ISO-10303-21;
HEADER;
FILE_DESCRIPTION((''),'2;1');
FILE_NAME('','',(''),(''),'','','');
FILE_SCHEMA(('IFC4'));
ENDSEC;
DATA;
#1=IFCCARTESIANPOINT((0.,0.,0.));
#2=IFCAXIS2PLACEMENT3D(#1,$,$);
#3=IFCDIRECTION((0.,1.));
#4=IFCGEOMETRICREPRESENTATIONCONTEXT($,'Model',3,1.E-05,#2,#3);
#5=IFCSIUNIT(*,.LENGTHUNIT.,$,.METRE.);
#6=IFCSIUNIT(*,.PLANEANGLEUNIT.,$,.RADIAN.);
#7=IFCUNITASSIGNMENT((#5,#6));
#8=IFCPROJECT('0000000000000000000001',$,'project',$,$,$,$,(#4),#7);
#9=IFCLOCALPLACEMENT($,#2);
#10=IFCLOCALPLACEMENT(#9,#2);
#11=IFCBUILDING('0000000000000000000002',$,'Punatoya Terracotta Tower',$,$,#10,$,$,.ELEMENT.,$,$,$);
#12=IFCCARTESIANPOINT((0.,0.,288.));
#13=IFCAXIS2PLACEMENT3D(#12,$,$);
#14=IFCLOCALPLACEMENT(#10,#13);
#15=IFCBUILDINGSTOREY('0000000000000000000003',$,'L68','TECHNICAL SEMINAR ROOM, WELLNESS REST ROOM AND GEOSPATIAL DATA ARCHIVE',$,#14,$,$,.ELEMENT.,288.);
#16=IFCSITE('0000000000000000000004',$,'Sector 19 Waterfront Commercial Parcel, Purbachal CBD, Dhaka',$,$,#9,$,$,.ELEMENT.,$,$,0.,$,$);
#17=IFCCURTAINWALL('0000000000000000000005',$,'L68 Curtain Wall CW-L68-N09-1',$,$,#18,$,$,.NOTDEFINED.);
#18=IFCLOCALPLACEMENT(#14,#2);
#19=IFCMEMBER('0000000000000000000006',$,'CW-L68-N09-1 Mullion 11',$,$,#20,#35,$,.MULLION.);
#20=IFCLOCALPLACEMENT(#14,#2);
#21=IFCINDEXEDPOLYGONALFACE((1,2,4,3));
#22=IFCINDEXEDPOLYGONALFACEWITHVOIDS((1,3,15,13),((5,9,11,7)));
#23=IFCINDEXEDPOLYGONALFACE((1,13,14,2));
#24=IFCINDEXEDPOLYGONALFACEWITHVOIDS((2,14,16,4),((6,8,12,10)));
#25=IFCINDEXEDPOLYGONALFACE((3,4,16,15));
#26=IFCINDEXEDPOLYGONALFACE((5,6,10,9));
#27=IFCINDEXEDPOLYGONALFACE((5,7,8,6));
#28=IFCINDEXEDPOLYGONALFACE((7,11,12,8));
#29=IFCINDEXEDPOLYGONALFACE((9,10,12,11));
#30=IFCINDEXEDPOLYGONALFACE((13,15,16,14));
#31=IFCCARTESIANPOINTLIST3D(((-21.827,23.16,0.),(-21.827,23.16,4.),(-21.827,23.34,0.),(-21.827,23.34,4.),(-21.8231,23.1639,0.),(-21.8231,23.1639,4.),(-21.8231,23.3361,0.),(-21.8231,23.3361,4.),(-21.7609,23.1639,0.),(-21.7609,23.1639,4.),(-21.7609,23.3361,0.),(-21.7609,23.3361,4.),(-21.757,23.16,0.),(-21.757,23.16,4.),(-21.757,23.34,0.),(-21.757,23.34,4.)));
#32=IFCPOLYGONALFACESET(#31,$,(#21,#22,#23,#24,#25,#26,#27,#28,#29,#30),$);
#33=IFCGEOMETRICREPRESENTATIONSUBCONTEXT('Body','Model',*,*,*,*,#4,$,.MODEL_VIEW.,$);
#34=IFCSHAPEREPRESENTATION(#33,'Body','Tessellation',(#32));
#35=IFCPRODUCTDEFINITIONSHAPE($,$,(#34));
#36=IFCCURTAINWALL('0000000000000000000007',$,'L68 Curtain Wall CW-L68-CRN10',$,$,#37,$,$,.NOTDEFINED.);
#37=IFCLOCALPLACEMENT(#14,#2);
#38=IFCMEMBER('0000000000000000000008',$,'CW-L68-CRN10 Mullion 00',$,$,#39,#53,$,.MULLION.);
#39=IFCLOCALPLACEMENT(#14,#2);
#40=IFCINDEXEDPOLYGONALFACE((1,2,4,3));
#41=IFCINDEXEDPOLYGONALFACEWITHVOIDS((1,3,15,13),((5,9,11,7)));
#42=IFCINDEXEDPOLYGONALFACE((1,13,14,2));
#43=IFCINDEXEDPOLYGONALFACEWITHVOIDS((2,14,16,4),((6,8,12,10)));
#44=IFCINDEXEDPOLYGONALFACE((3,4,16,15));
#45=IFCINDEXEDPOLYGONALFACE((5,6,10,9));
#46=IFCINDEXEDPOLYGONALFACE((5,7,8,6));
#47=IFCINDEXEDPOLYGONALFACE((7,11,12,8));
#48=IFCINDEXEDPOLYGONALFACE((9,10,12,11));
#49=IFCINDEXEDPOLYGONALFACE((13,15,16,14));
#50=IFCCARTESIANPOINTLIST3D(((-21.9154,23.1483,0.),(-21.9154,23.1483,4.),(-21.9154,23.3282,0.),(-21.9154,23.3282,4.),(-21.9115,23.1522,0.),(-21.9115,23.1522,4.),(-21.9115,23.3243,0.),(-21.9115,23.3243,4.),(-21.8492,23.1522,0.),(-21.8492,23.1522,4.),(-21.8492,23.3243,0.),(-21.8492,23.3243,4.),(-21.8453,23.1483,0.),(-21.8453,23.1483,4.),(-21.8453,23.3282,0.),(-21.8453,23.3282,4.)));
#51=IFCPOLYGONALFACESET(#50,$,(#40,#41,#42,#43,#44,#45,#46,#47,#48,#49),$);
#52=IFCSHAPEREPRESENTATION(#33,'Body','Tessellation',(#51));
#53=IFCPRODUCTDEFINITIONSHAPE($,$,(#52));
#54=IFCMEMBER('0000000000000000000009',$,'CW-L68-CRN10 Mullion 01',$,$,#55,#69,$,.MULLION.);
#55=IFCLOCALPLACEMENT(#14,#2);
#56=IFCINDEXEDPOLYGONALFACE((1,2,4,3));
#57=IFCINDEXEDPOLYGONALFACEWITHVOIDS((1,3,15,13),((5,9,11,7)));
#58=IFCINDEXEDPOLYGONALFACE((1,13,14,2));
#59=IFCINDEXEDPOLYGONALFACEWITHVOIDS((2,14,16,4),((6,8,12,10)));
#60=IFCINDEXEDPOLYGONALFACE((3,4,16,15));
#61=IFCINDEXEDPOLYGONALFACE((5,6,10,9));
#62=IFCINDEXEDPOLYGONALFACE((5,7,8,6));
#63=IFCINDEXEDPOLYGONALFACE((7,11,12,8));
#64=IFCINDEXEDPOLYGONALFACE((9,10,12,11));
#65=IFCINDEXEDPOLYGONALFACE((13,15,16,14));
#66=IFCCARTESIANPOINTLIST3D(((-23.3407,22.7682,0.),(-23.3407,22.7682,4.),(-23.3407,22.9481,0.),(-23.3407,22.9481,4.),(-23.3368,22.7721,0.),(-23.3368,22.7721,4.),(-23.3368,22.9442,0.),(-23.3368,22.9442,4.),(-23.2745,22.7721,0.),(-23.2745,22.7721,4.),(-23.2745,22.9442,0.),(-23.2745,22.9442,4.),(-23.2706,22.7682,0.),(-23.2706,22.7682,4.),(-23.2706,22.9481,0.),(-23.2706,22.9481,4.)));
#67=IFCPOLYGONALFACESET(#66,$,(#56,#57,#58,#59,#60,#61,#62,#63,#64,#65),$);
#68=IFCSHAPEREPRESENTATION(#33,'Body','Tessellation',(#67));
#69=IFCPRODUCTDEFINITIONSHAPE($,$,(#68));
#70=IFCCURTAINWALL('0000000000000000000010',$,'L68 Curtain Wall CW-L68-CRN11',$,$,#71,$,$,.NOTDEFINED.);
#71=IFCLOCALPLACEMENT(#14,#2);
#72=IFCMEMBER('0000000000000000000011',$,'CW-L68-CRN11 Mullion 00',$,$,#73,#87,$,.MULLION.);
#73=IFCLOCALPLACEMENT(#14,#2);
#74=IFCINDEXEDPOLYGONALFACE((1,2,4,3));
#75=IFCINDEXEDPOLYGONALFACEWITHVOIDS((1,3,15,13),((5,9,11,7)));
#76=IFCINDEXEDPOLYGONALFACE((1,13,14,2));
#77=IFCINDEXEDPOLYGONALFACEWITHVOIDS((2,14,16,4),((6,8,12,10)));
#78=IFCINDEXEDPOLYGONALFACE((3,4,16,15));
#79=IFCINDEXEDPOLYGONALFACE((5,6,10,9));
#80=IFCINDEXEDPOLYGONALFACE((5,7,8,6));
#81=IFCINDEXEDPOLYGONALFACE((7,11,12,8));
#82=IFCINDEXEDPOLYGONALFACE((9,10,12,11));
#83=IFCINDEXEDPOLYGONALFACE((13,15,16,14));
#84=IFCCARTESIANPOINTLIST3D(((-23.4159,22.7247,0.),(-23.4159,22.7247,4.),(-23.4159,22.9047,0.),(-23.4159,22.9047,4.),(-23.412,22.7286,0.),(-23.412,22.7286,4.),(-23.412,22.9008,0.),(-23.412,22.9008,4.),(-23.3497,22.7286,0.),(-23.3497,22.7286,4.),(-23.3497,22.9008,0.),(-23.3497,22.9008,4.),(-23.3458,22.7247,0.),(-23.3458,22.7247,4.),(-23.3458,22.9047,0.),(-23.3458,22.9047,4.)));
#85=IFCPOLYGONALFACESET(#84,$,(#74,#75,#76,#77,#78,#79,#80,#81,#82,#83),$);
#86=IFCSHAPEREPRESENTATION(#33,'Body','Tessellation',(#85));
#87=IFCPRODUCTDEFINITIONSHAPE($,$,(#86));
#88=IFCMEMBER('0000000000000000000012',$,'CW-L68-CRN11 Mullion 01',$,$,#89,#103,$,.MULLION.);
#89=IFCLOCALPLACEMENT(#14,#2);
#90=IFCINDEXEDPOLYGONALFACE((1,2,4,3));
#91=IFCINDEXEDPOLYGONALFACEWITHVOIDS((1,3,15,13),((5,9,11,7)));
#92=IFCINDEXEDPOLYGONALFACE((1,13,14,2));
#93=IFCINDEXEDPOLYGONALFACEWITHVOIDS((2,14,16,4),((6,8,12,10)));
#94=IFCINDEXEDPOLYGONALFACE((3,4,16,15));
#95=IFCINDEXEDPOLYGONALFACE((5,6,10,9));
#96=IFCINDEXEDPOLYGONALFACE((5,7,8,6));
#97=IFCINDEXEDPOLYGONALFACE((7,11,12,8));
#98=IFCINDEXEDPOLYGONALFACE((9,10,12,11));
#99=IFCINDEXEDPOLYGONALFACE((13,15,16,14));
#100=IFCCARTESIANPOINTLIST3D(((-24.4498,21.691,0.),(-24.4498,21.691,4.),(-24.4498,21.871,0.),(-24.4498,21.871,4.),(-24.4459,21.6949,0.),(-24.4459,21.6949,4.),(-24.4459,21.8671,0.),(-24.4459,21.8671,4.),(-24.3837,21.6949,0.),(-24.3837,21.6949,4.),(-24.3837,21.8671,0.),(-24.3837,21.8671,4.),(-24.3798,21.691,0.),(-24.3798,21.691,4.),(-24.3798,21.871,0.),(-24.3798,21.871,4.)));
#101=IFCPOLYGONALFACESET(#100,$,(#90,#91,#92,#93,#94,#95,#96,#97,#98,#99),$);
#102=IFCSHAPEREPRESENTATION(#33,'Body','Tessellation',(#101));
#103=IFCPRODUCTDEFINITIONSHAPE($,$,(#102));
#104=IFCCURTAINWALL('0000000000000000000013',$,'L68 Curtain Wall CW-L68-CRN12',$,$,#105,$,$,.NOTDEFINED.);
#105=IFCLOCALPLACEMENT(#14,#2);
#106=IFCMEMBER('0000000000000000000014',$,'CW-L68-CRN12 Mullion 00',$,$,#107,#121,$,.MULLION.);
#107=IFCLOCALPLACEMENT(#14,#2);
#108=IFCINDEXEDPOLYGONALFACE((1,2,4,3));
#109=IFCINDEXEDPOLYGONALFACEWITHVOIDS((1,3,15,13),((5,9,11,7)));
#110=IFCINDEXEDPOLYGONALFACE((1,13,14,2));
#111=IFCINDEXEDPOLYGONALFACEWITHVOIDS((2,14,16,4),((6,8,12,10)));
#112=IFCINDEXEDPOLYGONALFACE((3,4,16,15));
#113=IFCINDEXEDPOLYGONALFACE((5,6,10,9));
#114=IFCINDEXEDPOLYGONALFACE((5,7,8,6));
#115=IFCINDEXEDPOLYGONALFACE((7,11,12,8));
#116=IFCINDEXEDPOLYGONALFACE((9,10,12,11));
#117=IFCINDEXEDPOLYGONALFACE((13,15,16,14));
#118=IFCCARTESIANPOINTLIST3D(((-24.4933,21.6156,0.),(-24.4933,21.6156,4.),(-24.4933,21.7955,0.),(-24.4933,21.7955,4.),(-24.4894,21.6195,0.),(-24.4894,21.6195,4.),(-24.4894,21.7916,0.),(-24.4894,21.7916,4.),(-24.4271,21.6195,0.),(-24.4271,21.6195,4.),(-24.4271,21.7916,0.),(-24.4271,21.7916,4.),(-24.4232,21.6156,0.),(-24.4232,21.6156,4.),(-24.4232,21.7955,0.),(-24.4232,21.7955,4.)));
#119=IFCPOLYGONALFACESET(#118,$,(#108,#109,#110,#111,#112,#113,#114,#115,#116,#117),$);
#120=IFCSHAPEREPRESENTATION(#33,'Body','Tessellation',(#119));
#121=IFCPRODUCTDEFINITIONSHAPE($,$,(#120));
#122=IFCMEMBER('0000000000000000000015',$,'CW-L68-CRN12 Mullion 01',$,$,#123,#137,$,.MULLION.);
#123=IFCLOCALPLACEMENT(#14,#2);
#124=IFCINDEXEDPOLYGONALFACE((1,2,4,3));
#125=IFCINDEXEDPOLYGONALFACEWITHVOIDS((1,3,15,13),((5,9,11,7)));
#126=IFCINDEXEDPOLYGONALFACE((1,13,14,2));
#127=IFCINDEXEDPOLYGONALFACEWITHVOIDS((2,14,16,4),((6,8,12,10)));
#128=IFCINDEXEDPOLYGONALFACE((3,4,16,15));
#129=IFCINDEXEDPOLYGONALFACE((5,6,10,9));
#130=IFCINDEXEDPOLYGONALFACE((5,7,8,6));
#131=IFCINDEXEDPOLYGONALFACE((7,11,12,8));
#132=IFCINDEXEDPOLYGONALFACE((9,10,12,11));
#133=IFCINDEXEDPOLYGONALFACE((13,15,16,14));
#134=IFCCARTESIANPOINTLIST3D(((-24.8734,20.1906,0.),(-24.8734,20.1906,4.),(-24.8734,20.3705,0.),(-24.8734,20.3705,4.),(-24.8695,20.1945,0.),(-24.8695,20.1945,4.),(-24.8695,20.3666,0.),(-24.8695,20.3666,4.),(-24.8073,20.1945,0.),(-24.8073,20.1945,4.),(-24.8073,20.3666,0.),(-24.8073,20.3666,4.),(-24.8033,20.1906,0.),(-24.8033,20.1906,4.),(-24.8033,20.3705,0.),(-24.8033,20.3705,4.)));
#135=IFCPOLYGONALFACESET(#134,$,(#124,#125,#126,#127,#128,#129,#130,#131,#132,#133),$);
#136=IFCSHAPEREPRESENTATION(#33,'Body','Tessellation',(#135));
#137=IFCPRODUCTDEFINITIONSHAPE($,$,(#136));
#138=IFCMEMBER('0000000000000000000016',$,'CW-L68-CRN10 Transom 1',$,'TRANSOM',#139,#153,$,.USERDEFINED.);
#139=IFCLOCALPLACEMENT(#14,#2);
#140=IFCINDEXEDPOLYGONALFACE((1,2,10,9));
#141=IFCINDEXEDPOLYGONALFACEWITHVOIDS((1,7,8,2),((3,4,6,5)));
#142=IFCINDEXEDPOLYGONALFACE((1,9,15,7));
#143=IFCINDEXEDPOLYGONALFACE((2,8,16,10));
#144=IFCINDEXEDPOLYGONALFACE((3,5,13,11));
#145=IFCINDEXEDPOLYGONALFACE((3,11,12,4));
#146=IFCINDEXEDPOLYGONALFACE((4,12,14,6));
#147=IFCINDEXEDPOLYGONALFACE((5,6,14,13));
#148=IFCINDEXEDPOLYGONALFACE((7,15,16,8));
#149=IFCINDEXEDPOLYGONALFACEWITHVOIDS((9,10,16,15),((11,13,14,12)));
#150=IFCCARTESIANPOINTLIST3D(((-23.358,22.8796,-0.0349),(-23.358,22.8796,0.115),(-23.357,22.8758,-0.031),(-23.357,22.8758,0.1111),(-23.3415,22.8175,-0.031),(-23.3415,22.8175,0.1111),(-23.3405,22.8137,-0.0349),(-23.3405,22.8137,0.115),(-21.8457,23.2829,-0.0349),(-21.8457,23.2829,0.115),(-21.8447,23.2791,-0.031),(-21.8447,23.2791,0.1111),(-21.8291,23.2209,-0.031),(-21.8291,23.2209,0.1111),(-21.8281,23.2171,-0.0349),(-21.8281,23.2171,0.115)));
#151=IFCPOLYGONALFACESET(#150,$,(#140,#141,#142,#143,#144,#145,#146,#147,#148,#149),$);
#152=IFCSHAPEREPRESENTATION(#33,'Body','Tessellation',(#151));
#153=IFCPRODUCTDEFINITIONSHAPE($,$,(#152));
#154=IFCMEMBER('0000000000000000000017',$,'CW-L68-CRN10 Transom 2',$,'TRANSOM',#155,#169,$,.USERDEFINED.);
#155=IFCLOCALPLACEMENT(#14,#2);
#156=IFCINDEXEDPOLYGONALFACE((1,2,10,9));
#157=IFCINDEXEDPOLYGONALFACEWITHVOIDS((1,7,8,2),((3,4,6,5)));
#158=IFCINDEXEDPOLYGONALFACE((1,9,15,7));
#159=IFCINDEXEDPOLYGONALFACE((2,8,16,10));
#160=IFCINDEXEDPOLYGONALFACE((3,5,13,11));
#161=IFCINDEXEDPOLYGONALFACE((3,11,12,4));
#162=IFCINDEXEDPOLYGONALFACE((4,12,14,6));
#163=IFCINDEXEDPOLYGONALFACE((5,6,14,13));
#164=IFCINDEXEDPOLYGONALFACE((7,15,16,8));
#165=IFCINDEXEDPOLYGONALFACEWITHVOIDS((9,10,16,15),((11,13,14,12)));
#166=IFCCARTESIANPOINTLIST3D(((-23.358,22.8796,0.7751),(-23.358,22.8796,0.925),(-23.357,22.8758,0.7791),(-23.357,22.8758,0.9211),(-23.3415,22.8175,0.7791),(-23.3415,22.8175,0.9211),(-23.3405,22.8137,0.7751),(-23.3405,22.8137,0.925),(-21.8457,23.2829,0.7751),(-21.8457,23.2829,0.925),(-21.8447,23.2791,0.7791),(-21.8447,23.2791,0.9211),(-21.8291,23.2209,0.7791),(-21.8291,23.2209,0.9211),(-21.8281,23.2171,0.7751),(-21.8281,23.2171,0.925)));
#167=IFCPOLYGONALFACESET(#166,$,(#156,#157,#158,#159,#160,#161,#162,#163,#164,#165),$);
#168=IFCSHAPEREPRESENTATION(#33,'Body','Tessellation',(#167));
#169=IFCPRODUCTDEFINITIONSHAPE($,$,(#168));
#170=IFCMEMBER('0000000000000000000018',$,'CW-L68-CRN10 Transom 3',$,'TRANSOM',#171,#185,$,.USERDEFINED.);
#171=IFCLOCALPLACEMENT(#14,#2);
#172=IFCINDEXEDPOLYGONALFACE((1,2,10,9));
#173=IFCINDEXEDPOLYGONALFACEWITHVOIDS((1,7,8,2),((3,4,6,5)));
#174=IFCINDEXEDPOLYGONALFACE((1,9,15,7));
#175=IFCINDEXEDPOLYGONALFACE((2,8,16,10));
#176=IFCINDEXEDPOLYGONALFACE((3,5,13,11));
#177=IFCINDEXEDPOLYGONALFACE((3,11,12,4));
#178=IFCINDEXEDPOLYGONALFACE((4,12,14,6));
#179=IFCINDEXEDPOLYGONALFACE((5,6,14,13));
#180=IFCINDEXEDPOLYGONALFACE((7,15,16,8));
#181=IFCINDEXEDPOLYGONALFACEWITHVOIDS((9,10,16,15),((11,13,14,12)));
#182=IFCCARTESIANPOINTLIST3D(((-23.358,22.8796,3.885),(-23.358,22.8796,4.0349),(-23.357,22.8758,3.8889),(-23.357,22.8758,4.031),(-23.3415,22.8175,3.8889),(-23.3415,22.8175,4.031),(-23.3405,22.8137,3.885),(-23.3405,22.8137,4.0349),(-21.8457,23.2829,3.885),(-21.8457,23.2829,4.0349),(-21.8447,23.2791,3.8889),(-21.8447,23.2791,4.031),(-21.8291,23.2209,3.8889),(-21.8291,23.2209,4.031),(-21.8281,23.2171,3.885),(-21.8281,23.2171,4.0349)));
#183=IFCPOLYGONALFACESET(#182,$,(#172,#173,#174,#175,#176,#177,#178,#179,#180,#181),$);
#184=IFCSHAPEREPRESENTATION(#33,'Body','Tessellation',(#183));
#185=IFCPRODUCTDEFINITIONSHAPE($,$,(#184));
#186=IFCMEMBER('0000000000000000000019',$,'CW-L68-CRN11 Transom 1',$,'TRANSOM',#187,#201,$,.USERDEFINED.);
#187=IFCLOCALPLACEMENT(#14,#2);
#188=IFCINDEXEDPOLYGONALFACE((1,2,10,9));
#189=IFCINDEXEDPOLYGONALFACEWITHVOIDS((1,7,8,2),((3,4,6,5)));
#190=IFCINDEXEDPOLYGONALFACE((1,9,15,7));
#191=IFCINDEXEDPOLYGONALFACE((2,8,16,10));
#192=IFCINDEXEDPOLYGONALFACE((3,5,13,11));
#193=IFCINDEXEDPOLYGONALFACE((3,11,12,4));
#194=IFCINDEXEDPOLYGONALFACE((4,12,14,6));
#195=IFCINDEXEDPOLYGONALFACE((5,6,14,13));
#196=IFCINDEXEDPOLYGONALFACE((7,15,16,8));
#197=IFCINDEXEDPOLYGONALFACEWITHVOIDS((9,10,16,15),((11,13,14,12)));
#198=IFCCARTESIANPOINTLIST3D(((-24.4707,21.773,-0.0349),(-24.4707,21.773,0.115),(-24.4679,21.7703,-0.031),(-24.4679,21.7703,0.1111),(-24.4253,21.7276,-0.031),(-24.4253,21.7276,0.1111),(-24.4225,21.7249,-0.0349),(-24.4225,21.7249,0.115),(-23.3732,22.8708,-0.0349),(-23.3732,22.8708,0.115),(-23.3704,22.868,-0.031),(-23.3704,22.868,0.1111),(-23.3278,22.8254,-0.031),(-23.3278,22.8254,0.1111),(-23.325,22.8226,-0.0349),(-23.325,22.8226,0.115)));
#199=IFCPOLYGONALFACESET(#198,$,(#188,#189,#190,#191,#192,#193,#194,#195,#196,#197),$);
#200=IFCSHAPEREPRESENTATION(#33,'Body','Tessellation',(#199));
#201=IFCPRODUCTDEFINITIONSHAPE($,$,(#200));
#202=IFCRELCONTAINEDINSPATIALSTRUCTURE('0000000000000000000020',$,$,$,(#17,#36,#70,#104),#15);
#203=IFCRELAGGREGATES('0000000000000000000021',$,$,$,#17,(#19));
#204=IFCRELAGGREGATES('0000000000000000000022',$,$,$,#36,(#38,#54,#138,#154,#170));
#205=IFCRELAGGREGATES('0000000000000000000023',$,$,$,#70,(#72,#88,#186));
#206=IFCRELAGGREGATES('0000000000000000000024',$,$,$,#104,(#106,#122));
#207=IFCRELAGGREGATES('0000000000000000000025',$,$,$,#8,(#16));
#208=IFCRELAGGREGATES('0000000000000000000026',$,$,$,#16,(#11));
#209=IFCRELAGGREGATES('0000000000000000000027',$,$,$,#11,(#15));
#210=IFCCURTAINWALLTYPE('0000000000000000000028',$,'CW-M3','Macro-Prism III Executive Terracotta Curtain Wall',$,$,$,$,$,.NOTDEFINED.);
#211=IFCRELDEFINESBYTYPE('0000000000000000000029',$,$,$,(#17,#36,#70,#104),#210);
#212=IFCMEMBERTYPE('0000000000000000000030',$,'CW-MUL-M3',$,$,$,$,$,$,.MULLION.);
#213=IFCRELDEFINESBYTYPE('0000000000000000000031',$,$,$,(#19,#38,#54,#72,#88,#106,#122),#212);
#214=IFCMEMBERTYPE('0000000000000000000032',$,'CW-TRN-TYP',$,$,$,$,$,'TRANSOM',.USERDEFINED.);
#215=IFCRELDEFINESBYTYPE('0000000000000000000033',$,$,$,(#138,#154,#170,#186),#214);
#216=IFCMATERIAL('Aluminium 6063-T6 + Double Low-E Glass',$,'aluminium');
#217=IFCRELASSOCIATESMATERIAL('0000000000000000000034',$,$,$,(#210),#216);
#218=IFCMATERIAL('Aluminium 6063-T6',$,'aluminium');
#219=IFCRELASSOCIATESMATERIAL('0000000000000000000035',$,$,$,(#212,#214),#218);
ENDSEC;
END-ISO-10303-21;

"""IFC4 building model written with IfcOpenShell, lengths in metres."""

from ifc_helpers import new_model, si_unit, direction, frame, origin, origin_2d, place, context, subcontext, project, spatial, hollow_rectangle, extrude, material, material_profile, profile_set, type_object, element, aggregate, save


model = new_model("IFC4")

# Units and contexts
model_context = context("Model", 3, precision=1e-05, world=origin(), true_north=direction((0.0, 1.0)))
body_context = subcontext(model_context, "Body", "Model", "MODEL_VIEW")
ifc_project = project(units=[si_unit("LENGTHUNIT", "METRE"), si_unit("PLANEANGLEUNIT", "RADIAN")], contexts=[model_context])

# Site, building, storey
site_placement = place(None, origin())
site = spatial("IfcSite", under=ifc_project, at=site_placement, Name="Sector 19 Waterfront Commercial Parcel, Purbachal CBD, Dhaka", CompositionType="ELEMENT", RefElevation=0.0)
building_placement = place(site_placement, origin())
building = spatial("IfcBuilding", under=site, at=building_placement, Name="Punatoya Terracotta Tower", CompositionType="ELEMENT")
storey_placement = place(building_placement, frame((0.0, 0.0, 288.0)))
storey = spatial("IfcBuildingStorey", under=building, at=storey_placement, Name="L68", Description="TECHNICAL SEMINAR ROOM, WELLNESS REST ROOM AND GEOSPATIAL DATA ARCHIVE", CompositionType="ELEMENT", Elevation=288.0)

# Curtain wall, member
ifc_material_1 = material(Name="Aluminium 6063-T6 + Double Low-E Glass", Category="aluminium")
curtain_wall_type = type_object("IfcCurtainWallType", Name="CW-M3", Description="Macro-Prism III Executive Terracotta Curtain Wall", PredefinedType="NOTDEFINED", material=ifc_material_1)
curtain_wall_1_placement = place(storey_placement, origin())
curtain_wall_1 = element("IfcCurtainWall", 1, at=curtain_wall_1_placement, inside=storey, type_object=curtain_wall_type, Name="L68 Curtain Wall CW-L68-N09-1", PredefinedType="NOTDEFINED")
ifc_material_2 = material(Name="Aluminium 6063-T6", Category="aluminium")
ifc_material_profile_1 = material_profile(ifc_material_2, hollow_rectangle(XDim=0.0701, YDim=0.1799, WallThickness=0.0039, at=origin_2d()))
ifc_profile_set_1 = profile_set([ifc_material_profile_1], Name="Aluminium 6063-T6")
member_type_1 = type_object("IfcMemberType", Name="CW-MUL-M3", PredefinedType="MULLION", material=ifc_profile_set_1)
member_1_placement = place(storey_placement, frame((-21.792, 23.25, 0.0), z_axis=(0.0, 0.0, 1.0), x_axis=(1.0, 0.0, 0.0)))
member_1 = element("IfcMember", 2, at=member_1_placement, type_object=member_type_1, Name="CW-L68-N09-1 Mullion 11", PredefinedType="MULLION", context=body_context, shape_type="SweptSolid", body=[
    extrude(hollow_rectangle(XDim=0.0701, YDim=0.1799, WallThickness=0.0039, at=origin_2d()), origin(), (0.0, 0.0, 1.0), 4.0),
])

# Curtain walls, members
curtain_wall_2_placement = place(storey_placement, origin())
curtain_wall_2 = element("IfcCurtainWall", 3, at=curtain_wall_2_placement, inside=storey, type_object=curtain_wall_type, Name="L68 Curtain Wall CW-L68-CRN10", PredefinedType="NOTDEFINED")
member_2_placement = place(storey_placement, frame((-21.8804, 23.2383, 0.0), z_axis=(0.0, 0.0, 1.0), x_axis=(1.0, 0.0, 0.0)))
member_2 = element("IfcMember", 4, at=member_2_placement, type_object=member_type_1, Name="CW-L68-CRN10 Mullion 00", PredefinedType="MULLION", context=body_context, shape_type="SweptSolid", body=[
    extrude(hollow_rectangle(XDim=0.0701, YDim=0.1799, WallThickness=0.0039, at=origin_2d()), origin(), (0.0, 0.0, 1.0), 4.0),
])
member_3_placement = place(storey_placement, frame((-23.3057, 22.8582, 0.0), z_axis=(0.0, 0.0, 1.0), x_axis=(1.0, 0.0, 0.0)))
member_3 = element("IfcMember", 5, at=member_3_placement, type_object=member_type_1, Name="CW-L68-CRN10 Mullion 01", PredefinedType="MULLION", context=body_context, shape_type="SweptSolid", body=[
    extrude(hollow_rectangle(XDim=0.0701, YDim=0.1799, WallThickness=0.0039, at=origin_2d()), origin(), (0.0, 0.0, 1.0), 4.0),
])
curtain_wall_3_placement = place(storey_placement, origin())
curtain_wall_3 = element("IfcCurtainWall", 6, at=curtain_wall_3_placement, inside=storey, type_object=curtain_wall_type, Name="L68 Curtain Wall CW-L68-CRN11", PredefinedType="NOTDEFINED")
member_4_placement = place(storey_placement, frame((-23.3809, 22.8147, 0.0), z_axis=(0.0, 0.0, 1.0), x_axis=(1.0, 0.0, 0.0)))
member_4 = element("IfcMember", 7, at=member_4_placement, type_object=member_type_1, Name="CW-L68-CRN11 Mullion 00", PredefinedType="MULLION", context=body_context, shape_type="SweptSolid", body=[
    extrude(hollow_rectangle(XDim=0.0701, YDim=0.1799, WallThickness=0.0039, at=origin_2d()), origin(), (0.0, 0.0, 1.0), 4.0),
])
member_5_placement = place(storey_placement, frame((-24.4148, 21.781, 0.0), z_axis=(0.0, 0.0, 1.0), x_axis=(1.0, 0.0, 0.0)))
member_5 = element("IfcMember", 8, at=member_5_placement, type_object=member_type_1, Name="CW-L68-CRN11 Mullion 01", PredefinedType="MULLION", context=body_context, shape_type="SweptSolid", body=[
    extrude(hollow_rectangle(XDim=0.0701, YDim=0.1799, WallThickness=0.0039, at=origin_2d()), origin(), (0.0, 0.0, 1.0), 4.0),
])
curtain_wall_4_placement = place(storey_placement, origin())
curtain_wall_4 = element("IfcCurtainWall", 9, at=curtain_wall_4_placement, inside=storey, type_object=curtain_wall_type, Name="L68 Curtain Wall CW-L68-CRN12", PredefinedType="NOTDEFINED")
member_6_placement = place(storey_placement, frame((-24.4583, 21.7056, 0.0), z_axis=(0.0, 0.0, 1.0), x_axis=(1.0, 0.0, 0.0)))
member_6 = element("IfcMember", 10, at=member_6_placement, type_object=member_type_1, Name="CW-L68-CRN12 Mullion 00", PredefinedType="MULLION", context=body_context, shape_type="SweptSolid", body=[
    extrude(hollow_rectangle(XDim=0.0701, YDim=0.1799, WallThickness=0.0039, at=origin_2d()), origin(), (0.0, 0.0, 1.0), 4.0),
])
member_7_placement = place(storey_placement, frame((-24.8384, 20.2805, 0.0), z_axis=(0.0, 0.0, 1.0), x_axis=(1.0, 0.0, 0.0)))
member_7 = element("IfcMember", 11, at=member_7_placement, type_object=member_type_1, Name="CW-L68-CRN12 Mullion 01", PredefinedType="MULLION", context=body_context, shape_type="SweptSolid", body=[
    extrude(hollow_rectangle(XDim=0.0701, YDim=0.1799, WallThickness=0.0039, at=origin_2d()), origin(), (0.0, 0.0, 1.0), 4.0),
])

# Members
ifc_material_profile_2 = material_profile(ifc_material_2, hollow_rectangle(XDim=0.0681, YDim=0.1499, WallThickness=0.0039, at=origin_2d()))
ifc_profile_set_2 = profile_set([ifc_material_profile_2], Name="Aluminium 6063-T6")
member_type_2 = type_object("IfcMemberType", Name="CW-TRN-TYP", ElementType="TRANSOM", PredefinedType="USERDEFINED", material=ifc_profile_set_2)
member_8_placement = place(storey_placement, frame((-21.8369, 23.25, 0.04), z_axis=(-0.966225, -0.257701, 0.0), x_axis=(0.257701, -0.966225, 0.0)))
member_8 = element("IfcMember", 12, at=member_8_placement, type_object=member_type_2, Name="CW-L68-CRN10 Transom 1", ObjectType="TRANSOM", PredefinedType="USERDEFINED", context=body_context, shape_type="SweptSolid", body=[
    extrude(hollow_rectangle(XDim=0.0681, YDim=0.1499, WallThickness=0.0039, at=origin_2d()), origin(), (0.0, 0.0, 1.0), 1.5652),
])
member_9_placement = place(storey_placement, frame((-21.8369, 23.25, 0.8501), z_axis=(-0.966225, -0.257701, 0.0), x_axis=(0.257701, -0.966225, 0.0)))
member_9 = element("IfcMember", 13, at=member_9_placement, type_object=member_type_2, Name="CW-L68-CRN10 Transom 2", ObjectType="TRANSOM", PredefinedType="USERDEFINED", context=body_context, shape_type="SweptSolid", body=[
    extrude(hollow_rectangle(XDim=0.0681, YDim=0.1499, WallThickness=0.0039, at=origin_2d()), origin(), (0.0, 0.0, 1.0), 1.5652),
])
member_10_placement = place(storey_placement, frame((-21.8369, 23.25, 3.96), z_axis=(-0.966225, -0.257701, 0.0), x_axis=(0.257701, -0.966225, 0.0)))
member_10 = element("IfcMember", 14, at=member_10_placement, type_object=member_type_2, Name="CW-L68-CRN10 Transom 3", ObjectType="TRANSOM", PredefinedType="USERDEFINED", context=body_context, shape_type="SweptSolid", body=[
    extrude(hollow_rectangle(XDim=0.0681, YDim=0.1499, WallThickness=0.0039, at=origin_2d()), origin(), (0.0, 0.0, 1.0), 1.5652),
])
member_11_placement = place(storey_placement, frame((-23.3491, 22.8467, 0.04), z_axis=(-0.707028, -0.707185, 0.0), x_axis=(0.707185, -0.707028, 0.0)))
member_11 = element("IfcMember", 15, at=member_11_placement, type_object=member_type_2, Name="CW-L68-CRN11 Transom 1", ObjectType="TRANSOM", PredefinedType="USERDEFINED", context=body_context, shape_type="SweptSolid", body=[
    extrude(hollow_rectangle(XDim=0.0681, YDim=0.1499, WallThickness=0.0039, at=origin_2d()), origin(), (0.0, 0.0, 1.0), 1.5522),
])

aggregate(curtain_wall_1, [member_1])
aggregate(curtain_wall_2, [member_2, member_3, member_8, member_9, member_10])
aggregate(curtain_wall_3, [member_4, member_5, member_11])
aggregate(curtain_wall_4, [member_6, member_7])

save(model, "model.ifc")
